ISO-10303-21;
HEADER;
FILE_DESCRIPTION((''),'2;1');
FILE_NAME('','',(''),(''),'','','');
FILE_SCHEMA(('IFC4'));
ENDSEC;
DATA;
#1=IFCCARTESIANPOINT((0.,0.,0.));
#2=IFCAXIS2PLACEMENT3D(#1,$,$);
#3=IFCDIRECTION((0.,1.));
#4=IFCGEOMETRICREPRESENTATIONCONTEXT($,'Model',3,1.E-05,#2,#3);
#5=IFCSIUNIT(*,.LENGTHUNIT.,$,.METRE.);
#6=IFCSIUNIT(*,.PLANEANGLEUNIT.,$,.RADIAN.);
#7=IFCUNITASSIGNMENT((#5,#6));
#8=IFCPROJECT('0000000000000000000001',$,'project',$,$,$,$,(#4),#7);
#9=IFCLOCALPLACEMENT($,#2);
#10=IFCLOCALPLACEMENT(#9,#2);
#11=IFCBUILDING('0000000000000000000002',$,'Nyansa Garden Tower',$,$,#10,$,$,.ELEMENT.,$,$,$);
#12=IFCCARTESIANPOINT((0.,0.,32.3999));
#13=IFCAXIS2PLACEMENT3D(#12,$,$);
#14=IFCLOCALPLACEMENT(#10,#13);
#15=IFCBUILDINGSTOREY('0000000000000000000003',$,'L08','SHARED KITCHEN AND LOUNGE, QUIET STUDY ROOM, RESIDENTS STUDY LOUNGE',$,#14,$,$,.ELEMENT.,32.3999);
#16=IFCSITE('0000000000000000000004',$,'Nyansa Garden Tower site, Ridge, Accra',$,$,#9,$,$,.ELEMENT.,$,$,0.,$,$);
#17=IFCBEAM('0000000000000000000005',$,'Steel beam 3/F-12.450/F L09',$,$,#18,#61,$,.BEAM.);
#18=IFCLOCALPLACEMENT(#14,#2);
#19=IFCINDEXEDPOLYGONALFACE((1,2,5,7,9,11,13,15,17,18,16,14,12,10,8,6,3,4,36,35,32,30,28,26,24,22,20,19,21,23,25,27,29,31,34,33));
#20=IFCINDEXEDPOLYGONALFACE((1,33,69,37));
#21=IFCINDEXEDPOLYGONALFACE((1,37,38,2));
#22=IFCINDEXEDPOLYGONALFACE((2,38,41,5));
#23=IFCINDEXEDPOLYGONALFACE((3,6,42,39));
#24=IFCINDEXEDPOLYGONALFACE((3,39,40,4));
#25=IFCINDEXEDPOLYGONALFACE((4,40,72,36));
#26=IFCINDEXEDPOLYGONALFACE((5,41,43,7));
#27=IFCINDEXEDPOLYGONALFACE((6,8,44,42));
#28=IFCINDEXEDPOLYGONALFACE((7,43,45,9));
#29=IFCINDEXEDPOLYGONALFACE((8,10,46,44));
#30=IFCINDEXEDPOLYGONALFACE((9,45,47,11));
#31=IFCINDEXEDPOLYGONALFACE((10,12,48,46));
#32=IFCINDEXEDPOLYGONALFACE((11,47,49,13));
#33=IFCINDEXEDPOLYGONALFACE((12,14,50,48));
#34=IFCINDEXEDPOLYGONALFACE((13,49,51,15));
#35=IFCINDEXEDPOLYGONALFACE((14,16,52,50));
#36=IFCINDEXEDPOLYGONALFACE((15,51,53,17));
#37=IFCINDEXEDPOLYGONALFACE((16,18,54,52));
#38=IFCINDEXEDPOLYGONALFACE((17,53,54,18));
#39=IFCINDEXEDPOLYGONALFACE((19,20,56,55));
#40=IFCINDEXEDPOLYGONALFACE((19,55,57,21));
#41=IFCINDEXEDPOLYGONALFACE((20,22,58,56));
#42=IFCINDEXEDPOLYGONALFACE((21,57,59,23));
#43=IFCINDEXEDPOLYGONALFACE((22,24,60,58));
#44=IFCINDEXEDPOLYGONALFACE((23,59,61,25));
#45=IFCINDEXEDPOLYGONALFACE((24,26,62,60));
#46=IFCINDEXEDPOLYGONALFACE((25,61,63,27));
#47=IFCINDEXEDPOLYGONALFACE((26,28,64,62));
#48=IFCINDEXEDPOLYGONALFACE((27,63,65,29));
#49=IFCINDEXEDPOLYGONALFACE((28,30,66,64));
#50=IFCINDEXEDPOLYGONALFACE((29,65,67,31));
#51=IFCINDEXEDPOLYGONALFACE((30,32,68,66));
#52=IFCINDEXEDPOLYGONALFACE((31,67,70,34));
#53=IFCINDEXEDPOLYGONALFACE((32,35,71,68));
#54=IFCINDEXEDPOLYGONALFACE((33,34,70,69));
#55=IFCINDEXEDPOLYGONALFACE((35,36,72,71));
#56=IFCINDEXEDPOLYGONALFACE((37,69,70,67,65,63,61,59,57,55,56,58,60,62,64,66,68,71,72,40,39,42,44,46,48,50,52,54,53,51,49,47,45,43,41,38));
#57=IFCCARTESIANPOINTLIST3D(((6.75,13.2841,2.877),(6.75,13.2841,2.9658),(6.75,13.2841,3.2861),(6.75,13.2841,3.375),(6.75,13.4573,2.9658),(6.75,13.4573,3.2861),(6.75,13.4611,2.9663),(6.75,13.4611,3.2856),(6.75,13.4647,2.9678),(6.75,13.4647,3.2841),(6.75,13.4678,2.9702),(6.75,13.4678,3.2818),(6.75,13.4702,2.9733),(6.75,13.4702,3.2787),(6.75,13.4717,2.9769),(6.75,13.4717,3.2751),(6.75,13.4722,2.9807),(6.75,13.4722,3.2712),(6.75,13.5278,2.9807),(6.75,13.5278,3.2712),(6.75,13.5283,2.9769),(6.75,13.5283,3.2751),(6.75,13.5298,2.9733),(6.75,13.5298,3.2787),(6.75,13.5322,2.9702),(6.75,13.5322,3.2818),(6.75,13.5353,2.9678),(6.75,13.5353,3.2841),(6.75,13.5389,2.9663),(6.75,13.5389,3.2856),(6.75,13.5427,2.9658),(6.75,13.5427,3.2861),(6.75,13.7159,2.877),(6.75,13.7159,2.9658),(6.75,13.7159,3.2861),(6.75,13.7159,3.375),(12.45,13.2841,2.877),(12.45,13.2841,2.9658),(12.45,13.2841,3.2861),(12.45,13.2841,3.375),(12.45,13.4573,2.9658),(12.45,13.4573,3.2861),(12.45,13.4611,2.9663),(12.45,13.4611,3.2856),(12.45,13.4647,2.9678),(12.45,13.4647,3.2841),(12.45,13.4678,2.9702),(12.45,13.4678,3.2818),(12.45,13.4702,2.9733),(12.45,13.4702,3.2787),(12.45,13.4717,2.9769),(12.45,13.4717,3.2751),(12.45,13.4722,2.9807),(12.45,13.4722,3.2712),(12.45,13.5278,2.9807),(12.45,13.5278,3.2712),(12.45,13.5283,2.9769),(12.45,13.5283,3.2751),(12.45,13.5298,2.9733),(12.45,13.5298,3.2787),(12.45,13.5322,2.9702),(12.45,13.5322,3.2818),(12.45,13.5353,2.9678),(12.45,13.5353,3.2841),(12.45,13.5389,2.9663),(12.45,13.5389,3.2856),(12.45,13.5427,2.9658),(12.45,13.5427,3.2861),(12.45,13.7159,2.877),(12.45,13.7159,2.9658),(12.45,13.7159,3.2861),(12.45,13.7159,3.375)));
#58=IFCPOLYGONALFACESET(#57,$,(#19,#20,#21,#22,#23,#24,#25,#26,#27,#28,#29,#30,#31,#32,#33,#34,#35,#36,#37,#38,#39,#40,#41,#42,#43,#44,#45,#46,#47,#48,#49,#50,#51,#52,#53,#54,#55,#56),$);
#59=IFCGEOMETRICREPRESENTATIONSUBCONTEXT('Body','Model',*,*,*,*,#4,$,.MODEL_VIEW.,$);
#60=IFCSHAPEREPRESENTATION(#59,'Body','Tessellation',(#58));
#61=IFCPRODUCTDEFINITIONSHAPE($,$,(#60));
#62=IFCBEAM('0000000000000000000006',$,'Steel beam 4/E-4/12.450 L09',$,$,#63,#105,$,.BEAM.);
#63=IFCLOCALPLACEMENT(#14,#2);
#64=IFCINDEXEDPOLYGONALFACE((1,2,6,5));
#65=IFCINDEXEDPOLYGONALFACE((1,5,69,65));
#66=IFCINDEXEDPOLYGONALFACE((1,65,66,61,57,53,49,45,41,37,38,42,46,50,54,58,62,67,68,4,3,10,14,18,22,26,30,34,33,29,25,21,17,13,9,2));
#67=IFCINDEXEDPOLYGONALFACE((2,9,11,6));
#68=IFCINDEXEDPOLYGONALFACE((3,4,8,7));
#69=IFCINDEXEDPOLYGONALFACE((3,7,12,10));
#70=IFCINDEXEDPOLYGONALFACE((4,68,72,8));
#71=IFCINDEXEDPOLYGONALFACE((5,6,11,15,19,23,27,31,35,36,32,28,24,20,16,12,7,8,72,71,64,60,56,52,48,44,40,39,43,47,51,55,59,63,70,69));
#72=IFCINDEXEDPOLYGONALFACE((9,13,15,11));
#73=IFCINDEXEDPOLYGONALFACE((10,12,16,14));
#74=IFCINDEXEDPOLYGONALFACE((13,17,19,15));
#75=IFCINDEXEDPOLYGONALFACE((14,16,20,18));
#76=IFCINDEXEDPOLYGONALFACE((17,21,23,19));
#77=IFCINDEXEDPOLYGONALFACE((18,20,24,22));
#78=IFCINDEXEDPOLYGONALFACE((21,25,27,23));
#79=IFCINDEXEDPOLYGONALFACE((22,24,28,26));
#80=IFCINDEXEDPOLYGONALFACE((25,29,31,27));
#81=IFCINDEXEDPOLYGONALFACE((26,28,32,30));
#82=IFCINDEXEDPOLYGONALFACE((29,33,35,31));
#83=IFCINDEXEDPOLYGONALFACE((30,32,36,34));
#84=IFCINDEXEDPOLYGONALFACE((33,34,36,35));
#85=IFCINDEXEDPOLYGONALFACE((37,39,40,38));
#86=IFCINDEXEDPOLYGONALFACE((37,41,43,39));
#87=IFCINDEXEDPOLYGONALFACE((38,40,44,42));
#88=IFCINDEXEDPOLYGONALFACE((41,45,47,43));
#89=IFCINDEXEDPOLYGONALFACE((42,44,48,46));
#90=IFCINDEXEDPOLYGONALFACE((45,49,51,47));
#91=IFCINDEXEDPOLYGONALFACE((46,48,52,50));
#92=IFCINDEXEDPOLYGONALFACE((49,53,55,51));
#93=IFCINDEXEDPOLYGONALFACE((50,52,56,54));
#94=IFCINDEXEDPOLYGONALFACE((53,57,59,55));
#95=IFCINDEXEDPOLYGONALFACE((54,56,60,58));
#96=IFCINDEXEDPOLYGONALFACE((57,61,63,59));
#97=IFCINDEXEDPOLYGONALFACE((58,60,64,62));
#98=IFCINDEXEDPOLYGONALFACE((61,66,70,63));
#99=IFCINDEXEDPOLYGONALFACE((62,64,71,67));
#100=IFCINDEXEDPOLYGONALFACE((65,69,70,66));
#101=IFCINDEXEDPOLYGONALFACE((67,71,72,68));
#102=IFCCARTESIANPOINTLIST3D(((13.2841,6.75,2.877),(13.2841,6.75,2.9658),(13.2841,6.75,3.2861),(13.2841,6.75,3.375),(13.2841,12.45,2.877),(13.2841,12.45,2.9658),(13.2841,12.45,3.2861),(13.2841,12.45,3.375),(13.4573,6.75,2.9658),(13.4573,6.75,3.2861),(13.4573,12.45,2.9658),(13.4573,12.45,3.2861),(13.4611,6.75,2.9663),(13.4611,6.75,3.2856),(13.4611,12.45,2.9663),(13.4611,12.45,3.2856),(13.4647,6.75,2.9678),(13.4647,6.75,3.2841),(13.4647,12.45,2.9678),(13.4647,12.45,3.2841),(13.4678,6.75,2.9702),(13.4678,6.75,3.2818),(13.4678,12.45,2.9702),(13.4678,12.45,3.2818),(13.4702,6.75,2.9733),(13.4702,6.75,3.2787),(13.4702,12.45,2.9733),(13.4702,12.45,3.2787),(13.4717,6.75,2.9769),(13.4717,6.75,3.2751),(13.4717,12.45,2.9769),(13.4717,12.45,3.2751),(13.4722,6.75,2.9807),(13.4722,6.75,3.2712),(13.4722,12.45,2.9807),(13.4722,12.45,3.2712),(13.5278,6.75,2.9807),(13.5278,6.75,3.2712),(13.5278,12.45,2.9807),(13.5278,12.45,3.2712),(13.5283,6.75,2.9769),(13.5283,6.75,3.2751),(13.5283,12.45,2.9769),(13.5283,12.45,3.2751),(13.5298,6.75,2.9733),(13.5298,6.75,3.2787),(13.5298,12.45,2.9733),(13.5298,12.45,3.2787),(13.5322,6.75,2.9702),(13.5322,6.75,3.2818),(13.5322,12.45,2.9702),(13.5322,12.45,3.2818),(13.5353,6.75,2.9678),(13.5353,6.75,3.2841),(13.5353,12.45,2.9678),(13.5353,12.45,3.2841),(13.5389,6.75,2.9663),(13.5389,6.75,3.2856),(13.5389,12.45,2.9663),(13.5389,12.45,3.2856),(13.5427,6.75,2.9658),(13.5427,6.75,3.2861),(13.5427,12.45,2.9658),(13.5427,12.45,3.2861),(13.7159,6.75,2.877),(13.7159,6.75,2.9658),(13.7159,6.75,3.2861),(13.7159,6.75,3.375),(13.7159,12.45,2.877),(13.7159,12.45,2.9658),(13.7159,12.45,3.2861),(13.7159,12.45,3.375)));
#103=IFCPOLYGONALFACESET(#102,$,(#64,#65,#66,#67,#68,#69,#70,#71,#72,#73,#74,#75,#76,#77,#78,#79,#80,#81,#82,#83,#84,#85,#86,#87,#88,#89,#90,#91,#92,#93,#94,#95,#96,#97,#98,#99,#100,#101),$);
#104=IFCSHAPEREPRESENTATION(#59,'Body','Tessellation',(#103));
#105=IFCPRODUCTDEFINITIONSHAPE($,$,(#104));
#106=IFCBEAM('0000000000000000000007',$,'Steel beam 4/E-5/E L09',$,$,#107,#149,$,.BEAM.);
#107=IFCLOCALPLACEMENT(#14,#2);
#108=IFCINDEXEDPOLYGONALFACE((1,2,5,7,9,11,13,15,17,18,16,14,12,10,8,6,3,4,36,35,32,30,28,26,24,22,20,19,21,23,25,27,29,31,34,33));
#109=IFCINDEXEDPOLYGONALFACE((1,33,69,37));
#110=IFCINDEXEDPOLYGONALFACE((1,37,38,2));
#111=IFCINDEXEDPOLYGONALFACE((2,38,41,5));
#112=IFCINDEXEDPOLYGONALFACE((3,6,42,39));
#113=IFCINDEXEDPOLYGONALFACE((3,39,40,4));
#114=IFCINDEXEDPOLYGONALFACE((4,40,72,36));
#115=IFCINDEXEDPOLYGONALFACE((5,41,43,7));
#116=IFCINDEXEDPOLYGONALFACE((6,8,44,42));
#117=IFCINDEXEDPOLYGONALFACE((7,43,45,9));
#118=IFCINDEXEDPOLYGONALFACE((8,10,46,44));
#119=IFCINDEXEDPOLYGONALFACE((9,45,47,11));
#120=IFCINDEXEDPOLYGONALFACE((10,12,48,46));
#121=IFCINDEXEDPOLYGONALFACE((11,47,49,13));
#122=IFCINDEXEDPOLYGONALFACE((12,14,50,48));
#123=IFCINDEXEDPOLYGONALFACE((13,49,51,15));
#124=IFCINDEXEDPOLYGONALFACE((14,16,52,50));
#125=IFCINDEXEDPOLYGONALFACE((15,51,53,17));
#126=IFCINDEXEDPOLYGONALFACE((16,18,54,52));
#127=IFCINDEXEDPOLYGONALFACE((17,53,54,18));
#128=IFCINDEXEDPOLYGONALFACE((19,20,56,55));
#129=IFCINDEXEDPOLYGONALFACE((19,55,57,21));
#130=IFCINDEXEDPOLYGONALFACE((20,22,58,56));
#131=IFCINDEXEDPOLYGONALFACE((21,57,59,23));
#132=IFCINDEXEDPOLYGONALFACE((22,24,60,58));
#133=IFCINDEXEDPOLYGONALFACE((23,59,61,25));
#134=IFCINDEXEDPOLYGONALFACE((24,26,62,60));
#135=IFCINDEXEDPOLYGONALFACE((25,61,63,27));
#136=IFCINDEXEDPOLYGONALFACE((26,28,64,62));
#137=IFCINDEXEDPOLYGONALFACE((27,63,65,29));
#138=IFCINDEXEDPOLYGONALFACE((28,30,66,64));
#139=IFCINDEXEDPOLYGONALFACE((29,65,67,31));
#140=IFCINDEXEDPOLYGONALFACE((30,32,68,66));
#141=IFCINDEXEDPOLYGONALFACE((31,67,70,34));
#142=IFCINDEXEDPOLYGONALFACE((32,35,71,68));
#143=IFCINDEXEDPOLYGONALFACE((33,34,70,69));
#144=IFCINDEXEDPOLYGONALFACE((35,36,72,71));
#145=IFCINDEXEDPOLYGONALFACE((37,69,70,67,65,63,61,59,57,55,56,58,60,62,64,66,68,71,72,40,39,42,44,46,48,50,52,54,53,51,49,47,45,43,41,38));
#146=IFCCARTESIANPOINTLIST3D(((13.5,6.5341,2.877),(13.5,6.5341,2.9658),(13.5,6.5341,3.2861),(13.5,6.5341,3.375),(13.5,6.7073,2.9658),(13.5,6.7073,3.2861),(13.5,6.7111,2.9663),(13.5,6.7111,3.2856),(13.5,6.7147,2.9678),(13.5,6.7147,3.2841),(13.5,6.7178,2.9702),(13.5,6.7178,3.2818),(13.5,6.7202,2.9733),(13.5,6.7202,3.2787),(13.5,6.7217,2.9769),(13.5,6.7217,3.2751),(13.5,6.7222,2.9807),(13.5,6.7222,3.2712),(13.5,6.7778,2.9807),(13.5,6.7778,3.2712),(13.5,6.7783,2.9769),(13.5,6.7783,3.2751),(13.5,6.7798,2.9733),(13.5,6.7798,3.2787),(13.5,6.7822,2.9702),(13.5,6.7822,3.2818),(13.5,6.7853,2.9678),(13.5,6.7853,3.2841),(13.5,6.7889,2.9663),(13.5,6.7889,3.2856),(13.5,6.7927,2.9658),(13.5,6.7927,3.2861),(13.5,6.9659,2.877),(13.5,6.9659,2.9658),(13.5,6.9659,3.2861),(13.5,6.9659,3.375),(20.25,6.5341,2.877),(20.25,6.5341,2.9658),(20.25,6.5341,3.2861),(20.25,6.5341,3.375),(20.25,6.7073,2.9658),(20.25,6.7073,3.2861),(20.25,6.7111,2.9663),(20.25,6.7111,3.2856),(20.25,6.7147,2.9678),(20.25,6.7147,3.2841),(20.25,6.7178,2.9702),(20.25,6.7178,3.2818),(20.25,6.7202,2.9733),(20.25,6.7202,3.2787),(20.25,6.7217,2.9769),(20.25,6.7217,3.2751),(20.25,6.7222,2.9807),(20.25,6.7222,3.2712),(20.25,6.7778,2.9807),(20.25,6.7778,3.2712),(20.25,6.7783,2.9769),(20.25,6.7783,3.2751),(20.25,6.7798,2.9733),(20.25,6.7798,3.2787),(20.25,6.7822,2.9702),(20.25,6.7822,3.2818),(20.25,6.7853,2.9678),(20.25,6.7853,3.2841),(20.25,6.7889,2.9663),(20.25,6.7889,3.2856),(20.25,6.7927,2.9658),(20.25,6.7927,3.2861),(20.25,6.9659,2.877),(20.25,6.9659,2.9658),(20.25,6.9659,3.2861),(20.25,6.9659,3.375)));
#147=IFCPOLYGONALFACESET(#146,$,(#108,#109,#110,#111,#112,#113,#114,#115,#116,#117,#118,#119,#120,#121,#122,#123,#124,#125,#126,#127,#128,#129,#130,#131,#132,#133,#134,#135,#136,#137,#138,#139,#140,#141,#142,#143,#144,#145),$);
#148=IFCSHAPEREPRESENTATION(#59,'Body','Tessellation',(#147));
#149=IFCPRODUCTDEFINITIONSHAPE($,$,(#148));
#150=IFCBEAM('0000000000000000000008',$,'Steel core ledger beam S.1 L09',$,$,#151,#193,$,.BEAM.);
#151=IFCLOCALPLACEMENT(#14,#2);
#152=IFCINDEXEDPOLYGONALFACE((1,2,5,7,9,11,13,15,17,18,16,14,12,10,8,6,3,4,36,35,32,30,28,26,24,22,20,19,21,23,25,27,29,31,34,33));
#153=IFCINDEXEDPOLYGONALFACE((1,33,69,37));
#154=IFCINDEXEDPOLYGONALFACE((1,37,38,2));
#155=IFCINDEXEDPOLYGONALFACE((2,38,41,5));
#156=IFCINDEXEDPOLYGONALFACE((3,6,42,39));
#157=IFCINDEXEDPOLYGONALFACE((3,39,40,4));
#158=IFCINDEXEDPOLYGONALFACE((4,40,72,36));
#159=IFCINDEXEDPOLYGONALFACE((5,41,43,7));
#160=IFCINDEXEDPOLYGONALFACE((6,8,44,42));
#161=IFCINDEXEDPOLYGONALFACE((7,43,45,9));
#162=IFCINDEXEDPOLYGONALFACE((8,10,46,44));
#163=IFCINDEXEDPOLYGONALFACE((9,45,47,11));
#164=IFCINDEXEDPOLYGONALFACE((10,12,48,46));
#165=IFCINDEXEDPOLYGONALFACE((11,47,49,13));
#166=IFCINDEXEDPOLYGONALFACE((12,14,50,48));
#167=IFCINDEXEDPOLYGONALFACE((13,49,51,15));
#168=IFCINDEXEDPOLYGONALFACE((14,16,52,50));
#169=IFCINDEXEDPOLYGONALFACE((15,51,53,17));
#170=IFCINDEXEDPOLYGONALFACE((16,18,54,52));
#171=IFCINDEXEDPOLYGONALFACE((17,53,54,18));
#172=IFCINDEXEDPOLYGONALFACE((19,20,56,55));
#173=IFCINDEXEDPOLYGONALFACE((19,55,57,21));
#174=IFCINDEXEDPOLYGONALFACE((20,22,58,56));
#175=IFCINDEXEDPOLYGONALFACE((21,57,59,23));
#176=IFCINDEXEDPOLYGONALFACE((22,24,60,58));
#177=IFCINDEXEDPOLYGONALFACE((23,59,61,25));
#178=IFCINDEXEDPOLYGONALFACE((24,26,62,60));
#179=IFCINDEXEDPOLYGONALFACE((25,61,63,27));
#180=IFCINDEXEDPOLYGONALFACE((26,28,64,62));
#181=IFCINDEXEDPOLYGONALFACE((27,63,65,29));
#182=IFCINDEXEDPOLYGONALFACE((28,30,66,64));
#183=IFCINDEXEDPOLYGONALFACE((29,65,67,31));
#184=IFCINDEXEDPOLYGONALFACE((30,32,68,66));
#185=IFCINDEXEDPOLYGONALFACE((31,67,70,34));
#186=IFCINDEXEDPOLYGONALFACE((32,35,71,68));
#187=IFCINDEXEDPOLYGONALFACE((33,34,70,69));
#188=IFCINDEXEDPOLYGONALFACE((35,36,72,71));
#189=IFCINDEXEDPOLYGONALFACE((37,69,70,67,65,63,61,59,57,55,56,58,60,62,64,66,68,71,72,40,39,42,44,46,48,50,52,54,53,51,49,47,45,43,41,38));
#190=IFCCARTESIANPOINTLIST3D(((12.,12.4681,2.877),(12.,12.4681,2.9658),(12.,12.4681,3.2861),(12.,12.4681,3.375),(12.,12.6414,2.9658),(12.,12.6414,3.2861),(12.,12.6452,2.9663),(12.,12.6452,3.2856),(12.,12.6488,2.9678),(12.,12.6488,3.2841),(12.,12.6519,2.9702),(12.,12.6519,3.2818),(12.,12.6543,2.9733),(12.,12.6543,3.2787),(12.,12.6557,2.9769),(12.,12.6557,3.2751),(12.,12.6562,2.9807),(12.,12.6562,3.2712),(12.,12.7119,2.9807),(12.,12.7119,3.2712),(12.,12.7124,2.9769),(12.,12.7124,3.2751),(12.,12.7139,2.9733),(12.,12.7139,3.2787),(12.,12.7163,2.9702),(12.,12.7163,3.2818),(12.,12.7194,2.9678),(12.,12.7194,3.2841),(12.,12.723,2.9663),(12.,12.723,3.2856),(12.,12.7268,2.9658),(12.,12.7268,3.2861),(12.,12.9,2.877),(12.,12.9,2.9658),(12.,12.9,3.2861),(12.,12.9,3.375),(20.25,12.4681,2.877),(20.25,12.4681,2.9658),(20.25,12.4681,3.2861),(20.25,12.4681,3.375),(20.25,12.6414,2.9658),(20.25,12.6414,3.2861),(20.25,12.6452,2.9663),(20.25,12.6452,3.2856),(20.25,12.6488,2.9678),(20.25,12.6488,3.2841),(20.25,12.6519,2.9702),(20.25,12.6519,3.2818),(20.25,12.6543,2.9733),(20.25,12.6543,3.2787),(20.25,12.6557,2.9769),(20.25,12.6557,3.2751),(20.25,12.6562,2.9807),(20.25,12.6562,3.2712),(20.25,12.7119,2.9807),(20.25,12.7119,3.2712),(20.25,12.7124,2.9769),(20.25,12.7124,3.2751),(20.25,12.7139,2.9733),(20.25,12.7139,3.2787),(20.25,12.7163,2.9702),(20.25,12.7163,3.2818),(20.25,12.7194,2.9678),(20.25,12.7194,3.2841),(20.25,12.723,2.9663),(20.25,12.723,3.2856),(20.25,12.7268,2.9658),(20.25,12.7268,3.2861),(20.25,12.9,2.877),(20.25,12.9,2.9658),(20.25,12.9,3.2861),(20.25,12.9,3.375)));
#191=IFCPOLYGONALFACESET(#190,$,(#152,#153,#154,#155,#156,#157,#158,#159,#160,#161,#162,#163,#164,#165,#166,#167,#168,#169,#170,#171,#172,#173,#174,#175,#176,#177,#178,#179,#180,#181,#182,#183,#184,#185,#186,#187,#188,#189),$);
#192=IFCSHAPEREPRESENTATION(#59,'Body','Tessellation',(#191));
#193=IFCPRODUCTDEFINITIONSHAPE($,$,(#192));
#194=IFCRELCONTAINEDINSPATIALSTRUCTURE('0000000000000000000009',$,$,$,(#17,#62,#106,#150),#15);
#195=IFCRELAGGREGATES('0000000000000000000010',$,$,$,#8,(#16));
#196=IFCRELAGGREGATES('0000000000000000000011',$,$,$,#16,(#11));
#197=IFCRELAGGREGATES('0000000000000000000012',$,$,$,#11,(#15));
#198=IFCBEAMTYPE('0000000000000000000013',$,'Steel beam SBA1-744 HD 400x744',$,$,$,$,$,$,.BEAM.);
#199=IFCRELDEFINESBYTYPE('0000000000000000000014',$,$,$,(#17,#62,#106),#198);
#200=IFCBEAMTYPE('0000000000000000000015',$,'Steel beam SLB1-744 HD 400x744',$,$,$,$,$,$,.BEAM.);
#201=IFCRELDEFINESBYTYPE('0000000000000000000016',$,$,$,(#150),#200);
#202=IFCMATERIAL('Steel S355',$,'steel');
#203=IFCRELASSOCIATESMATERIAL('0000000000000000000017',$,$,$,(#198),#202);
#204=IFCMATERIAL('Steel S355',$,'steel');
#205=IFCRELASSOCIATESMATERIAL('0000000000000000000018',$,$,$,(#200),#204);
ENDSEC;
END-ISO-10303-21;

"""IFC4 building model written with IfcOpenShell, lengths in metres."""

from ifc_helpers import new_model, si_unit, direction, frame, origin, origin_2d, place, context, subcontext, project, spatial, i_section, extrude, material, material_profile, profile_set, type_object, element, save


model = new_model("IFC4")

# Units and contexts
model_context = context("Model", 3, precision=1e-05, world=origin(), true_north=direction((0.0, 1.0)))
body_context = subcontext(model_context, "Body", "Model", "MODEL_VIEW")
ifc_project = project(units=[si_unit("LENGTHUNIT", "METRE"), si_unit("PLANEANGLEUNIT", "RADIAN")], contexts=[model_context])

# Site, building, storey
site_placement = place(None, origin())
site = spatial("IfcSite", under=ifc_project, at=site_placement, Name="Nyansa Garden Tower site, Ridge, Accra", CompositionType="ELEMENT", RefElevation=0.0)
building_placement = place(site_placement, origin())
building = spatial("IfcBuilding", under=site, at=building_placement, Name="Nyansa Garden Tower", CompositionType="ELEMENT")
storey_placement = place(building_placement, frame((0.0, 0.0, 32.3999)))
storey = spatial("IfcBuildingStorey", under=building, at=storey_placement, Name="L08", Description="SHARED KITCHEN AND LOUNGE, QUIET STUDY ROOM, RESIDENTS STUDY LOUNGE", CompositionType="ELEMENT", Elevation=32.3999)

# Beams
ifc_material_1 = material(Name="Steel S355", Category="steel")
ifc_material_profile_1 = material_profile(ifc_material_1, i_section(OverallWidth=0.4319, OverallDepth=0.498, WebThickness=0.0557, FlangeThickness=0.0889, FilletRadius=0.0149, at=origin_2d()), Name="HD 400x744")
ifc_profile_set_1 = profile_set([ifc_material_profile_1], Name="Steel S355")
beam_type_1 = type_object("IfcBeamType", Name="Steel beam SBA1-744 HD 400x744", PredefinedType="BEAM", material=ifc_profile_set_1)
for number, where, z_axis, x_axis, name in (
    (1, (6.75, 13.5, 3.126), (1.0, 0.0, 0.0), (0.0, 1.0, 0.0), "Steel beam 3/F-12.450/F L09"),
    (2, (13.5, 6.75, 3.126), (0.0, 1.0, 0.0), (-1.0, 0.0, 0.0), "Steel beam 4/E-4/12.450 L09"),
):
    element("IfcBeam", number, at=place(storey_placement, frame(where, z_axis=z_axis, x_axis=x_axis)), inside=storey, type_object=beam_type_1, Name=name, PredefinedType="BEAM", context=body_context, shape_type="SweptSolid", body=[
        extrude(i_section(OverallWidth=0.4319, OverallDepth=0.498, WebThickness=0.0557, FlangeThickness=0.0889, FilletRadius=0.0149, at=origin_2d()), origin(), (0.0, 0.0, 1.0), 5.7),
    ])
beam_1_placement = place(storey_placement, frame((13.5, 6.75, 3.126), z_axis=(1.0, 0.0, 0.0), x_axis=(0.0, 1.0, 0.0)))
element("IfcBeam", 3, at=beam_1_placement, inside=storey, type_object=beam_type_1, Name="Steel beam 4/E-5/E L09", PredefinedType="BEAM", context=body_context, shape_type="SweptSolid", body=[
    extrude(i_section(OverallWidth=0.4319, OverallDepth=0.498, WebThickness=0.0557, FlangeThickness=0.0889, FilletRadius=0.0149, at=origin_2d()), origin(), (0.0, 0.0, 1.0), 6.75),
])
ifc_material_2 = material(Name="Steel S355", Category="steel")
ifc_material_profile_2 = material_profile(ifc_material_2, i_section(OverallWidth=0.4319, OverallDepth=0.498, WebThickness=0.0557, FlangeThickness=0.0889, FilletRadius=0.0149, at=origin_2d()), Name="HD 400x744")
ifc_profile_set_2 = profile_set([ifc_material_profile_2], Name="Steel S355")
beam_type_2 = type_object("IfcBeamType", Name="Steel beam SLB1-744 HD 400x744", PredefinedType="BEAM", material=ifc_profile_set_2)
beam_2_placement = place(storey_placement, frame((12.0, 12.6841, 3.126), z_axis=(1.0, 0.0, 0.0), x_axis=(0.0, 1.0, 0.0)))
element("IfcBeam", 4, at=beam_2_placement, inside=storey, type_object=beam_type_2, Name="Steel core ledger beam S.1 L09", PredefinedType="BEAM", context=body_context, shape_type="SweptSolid", body=[
    extrude(i_section(OverallWidth=0.4319, OverallDepth=0.498, WebThickness=0.0557, FlangeThickness=0.0889, FilletRadius=0.0149, at=origin_2d()), origin(), (0.0, 0.0, 1.0), 8.25),
])

save(model, "model.ifc")
